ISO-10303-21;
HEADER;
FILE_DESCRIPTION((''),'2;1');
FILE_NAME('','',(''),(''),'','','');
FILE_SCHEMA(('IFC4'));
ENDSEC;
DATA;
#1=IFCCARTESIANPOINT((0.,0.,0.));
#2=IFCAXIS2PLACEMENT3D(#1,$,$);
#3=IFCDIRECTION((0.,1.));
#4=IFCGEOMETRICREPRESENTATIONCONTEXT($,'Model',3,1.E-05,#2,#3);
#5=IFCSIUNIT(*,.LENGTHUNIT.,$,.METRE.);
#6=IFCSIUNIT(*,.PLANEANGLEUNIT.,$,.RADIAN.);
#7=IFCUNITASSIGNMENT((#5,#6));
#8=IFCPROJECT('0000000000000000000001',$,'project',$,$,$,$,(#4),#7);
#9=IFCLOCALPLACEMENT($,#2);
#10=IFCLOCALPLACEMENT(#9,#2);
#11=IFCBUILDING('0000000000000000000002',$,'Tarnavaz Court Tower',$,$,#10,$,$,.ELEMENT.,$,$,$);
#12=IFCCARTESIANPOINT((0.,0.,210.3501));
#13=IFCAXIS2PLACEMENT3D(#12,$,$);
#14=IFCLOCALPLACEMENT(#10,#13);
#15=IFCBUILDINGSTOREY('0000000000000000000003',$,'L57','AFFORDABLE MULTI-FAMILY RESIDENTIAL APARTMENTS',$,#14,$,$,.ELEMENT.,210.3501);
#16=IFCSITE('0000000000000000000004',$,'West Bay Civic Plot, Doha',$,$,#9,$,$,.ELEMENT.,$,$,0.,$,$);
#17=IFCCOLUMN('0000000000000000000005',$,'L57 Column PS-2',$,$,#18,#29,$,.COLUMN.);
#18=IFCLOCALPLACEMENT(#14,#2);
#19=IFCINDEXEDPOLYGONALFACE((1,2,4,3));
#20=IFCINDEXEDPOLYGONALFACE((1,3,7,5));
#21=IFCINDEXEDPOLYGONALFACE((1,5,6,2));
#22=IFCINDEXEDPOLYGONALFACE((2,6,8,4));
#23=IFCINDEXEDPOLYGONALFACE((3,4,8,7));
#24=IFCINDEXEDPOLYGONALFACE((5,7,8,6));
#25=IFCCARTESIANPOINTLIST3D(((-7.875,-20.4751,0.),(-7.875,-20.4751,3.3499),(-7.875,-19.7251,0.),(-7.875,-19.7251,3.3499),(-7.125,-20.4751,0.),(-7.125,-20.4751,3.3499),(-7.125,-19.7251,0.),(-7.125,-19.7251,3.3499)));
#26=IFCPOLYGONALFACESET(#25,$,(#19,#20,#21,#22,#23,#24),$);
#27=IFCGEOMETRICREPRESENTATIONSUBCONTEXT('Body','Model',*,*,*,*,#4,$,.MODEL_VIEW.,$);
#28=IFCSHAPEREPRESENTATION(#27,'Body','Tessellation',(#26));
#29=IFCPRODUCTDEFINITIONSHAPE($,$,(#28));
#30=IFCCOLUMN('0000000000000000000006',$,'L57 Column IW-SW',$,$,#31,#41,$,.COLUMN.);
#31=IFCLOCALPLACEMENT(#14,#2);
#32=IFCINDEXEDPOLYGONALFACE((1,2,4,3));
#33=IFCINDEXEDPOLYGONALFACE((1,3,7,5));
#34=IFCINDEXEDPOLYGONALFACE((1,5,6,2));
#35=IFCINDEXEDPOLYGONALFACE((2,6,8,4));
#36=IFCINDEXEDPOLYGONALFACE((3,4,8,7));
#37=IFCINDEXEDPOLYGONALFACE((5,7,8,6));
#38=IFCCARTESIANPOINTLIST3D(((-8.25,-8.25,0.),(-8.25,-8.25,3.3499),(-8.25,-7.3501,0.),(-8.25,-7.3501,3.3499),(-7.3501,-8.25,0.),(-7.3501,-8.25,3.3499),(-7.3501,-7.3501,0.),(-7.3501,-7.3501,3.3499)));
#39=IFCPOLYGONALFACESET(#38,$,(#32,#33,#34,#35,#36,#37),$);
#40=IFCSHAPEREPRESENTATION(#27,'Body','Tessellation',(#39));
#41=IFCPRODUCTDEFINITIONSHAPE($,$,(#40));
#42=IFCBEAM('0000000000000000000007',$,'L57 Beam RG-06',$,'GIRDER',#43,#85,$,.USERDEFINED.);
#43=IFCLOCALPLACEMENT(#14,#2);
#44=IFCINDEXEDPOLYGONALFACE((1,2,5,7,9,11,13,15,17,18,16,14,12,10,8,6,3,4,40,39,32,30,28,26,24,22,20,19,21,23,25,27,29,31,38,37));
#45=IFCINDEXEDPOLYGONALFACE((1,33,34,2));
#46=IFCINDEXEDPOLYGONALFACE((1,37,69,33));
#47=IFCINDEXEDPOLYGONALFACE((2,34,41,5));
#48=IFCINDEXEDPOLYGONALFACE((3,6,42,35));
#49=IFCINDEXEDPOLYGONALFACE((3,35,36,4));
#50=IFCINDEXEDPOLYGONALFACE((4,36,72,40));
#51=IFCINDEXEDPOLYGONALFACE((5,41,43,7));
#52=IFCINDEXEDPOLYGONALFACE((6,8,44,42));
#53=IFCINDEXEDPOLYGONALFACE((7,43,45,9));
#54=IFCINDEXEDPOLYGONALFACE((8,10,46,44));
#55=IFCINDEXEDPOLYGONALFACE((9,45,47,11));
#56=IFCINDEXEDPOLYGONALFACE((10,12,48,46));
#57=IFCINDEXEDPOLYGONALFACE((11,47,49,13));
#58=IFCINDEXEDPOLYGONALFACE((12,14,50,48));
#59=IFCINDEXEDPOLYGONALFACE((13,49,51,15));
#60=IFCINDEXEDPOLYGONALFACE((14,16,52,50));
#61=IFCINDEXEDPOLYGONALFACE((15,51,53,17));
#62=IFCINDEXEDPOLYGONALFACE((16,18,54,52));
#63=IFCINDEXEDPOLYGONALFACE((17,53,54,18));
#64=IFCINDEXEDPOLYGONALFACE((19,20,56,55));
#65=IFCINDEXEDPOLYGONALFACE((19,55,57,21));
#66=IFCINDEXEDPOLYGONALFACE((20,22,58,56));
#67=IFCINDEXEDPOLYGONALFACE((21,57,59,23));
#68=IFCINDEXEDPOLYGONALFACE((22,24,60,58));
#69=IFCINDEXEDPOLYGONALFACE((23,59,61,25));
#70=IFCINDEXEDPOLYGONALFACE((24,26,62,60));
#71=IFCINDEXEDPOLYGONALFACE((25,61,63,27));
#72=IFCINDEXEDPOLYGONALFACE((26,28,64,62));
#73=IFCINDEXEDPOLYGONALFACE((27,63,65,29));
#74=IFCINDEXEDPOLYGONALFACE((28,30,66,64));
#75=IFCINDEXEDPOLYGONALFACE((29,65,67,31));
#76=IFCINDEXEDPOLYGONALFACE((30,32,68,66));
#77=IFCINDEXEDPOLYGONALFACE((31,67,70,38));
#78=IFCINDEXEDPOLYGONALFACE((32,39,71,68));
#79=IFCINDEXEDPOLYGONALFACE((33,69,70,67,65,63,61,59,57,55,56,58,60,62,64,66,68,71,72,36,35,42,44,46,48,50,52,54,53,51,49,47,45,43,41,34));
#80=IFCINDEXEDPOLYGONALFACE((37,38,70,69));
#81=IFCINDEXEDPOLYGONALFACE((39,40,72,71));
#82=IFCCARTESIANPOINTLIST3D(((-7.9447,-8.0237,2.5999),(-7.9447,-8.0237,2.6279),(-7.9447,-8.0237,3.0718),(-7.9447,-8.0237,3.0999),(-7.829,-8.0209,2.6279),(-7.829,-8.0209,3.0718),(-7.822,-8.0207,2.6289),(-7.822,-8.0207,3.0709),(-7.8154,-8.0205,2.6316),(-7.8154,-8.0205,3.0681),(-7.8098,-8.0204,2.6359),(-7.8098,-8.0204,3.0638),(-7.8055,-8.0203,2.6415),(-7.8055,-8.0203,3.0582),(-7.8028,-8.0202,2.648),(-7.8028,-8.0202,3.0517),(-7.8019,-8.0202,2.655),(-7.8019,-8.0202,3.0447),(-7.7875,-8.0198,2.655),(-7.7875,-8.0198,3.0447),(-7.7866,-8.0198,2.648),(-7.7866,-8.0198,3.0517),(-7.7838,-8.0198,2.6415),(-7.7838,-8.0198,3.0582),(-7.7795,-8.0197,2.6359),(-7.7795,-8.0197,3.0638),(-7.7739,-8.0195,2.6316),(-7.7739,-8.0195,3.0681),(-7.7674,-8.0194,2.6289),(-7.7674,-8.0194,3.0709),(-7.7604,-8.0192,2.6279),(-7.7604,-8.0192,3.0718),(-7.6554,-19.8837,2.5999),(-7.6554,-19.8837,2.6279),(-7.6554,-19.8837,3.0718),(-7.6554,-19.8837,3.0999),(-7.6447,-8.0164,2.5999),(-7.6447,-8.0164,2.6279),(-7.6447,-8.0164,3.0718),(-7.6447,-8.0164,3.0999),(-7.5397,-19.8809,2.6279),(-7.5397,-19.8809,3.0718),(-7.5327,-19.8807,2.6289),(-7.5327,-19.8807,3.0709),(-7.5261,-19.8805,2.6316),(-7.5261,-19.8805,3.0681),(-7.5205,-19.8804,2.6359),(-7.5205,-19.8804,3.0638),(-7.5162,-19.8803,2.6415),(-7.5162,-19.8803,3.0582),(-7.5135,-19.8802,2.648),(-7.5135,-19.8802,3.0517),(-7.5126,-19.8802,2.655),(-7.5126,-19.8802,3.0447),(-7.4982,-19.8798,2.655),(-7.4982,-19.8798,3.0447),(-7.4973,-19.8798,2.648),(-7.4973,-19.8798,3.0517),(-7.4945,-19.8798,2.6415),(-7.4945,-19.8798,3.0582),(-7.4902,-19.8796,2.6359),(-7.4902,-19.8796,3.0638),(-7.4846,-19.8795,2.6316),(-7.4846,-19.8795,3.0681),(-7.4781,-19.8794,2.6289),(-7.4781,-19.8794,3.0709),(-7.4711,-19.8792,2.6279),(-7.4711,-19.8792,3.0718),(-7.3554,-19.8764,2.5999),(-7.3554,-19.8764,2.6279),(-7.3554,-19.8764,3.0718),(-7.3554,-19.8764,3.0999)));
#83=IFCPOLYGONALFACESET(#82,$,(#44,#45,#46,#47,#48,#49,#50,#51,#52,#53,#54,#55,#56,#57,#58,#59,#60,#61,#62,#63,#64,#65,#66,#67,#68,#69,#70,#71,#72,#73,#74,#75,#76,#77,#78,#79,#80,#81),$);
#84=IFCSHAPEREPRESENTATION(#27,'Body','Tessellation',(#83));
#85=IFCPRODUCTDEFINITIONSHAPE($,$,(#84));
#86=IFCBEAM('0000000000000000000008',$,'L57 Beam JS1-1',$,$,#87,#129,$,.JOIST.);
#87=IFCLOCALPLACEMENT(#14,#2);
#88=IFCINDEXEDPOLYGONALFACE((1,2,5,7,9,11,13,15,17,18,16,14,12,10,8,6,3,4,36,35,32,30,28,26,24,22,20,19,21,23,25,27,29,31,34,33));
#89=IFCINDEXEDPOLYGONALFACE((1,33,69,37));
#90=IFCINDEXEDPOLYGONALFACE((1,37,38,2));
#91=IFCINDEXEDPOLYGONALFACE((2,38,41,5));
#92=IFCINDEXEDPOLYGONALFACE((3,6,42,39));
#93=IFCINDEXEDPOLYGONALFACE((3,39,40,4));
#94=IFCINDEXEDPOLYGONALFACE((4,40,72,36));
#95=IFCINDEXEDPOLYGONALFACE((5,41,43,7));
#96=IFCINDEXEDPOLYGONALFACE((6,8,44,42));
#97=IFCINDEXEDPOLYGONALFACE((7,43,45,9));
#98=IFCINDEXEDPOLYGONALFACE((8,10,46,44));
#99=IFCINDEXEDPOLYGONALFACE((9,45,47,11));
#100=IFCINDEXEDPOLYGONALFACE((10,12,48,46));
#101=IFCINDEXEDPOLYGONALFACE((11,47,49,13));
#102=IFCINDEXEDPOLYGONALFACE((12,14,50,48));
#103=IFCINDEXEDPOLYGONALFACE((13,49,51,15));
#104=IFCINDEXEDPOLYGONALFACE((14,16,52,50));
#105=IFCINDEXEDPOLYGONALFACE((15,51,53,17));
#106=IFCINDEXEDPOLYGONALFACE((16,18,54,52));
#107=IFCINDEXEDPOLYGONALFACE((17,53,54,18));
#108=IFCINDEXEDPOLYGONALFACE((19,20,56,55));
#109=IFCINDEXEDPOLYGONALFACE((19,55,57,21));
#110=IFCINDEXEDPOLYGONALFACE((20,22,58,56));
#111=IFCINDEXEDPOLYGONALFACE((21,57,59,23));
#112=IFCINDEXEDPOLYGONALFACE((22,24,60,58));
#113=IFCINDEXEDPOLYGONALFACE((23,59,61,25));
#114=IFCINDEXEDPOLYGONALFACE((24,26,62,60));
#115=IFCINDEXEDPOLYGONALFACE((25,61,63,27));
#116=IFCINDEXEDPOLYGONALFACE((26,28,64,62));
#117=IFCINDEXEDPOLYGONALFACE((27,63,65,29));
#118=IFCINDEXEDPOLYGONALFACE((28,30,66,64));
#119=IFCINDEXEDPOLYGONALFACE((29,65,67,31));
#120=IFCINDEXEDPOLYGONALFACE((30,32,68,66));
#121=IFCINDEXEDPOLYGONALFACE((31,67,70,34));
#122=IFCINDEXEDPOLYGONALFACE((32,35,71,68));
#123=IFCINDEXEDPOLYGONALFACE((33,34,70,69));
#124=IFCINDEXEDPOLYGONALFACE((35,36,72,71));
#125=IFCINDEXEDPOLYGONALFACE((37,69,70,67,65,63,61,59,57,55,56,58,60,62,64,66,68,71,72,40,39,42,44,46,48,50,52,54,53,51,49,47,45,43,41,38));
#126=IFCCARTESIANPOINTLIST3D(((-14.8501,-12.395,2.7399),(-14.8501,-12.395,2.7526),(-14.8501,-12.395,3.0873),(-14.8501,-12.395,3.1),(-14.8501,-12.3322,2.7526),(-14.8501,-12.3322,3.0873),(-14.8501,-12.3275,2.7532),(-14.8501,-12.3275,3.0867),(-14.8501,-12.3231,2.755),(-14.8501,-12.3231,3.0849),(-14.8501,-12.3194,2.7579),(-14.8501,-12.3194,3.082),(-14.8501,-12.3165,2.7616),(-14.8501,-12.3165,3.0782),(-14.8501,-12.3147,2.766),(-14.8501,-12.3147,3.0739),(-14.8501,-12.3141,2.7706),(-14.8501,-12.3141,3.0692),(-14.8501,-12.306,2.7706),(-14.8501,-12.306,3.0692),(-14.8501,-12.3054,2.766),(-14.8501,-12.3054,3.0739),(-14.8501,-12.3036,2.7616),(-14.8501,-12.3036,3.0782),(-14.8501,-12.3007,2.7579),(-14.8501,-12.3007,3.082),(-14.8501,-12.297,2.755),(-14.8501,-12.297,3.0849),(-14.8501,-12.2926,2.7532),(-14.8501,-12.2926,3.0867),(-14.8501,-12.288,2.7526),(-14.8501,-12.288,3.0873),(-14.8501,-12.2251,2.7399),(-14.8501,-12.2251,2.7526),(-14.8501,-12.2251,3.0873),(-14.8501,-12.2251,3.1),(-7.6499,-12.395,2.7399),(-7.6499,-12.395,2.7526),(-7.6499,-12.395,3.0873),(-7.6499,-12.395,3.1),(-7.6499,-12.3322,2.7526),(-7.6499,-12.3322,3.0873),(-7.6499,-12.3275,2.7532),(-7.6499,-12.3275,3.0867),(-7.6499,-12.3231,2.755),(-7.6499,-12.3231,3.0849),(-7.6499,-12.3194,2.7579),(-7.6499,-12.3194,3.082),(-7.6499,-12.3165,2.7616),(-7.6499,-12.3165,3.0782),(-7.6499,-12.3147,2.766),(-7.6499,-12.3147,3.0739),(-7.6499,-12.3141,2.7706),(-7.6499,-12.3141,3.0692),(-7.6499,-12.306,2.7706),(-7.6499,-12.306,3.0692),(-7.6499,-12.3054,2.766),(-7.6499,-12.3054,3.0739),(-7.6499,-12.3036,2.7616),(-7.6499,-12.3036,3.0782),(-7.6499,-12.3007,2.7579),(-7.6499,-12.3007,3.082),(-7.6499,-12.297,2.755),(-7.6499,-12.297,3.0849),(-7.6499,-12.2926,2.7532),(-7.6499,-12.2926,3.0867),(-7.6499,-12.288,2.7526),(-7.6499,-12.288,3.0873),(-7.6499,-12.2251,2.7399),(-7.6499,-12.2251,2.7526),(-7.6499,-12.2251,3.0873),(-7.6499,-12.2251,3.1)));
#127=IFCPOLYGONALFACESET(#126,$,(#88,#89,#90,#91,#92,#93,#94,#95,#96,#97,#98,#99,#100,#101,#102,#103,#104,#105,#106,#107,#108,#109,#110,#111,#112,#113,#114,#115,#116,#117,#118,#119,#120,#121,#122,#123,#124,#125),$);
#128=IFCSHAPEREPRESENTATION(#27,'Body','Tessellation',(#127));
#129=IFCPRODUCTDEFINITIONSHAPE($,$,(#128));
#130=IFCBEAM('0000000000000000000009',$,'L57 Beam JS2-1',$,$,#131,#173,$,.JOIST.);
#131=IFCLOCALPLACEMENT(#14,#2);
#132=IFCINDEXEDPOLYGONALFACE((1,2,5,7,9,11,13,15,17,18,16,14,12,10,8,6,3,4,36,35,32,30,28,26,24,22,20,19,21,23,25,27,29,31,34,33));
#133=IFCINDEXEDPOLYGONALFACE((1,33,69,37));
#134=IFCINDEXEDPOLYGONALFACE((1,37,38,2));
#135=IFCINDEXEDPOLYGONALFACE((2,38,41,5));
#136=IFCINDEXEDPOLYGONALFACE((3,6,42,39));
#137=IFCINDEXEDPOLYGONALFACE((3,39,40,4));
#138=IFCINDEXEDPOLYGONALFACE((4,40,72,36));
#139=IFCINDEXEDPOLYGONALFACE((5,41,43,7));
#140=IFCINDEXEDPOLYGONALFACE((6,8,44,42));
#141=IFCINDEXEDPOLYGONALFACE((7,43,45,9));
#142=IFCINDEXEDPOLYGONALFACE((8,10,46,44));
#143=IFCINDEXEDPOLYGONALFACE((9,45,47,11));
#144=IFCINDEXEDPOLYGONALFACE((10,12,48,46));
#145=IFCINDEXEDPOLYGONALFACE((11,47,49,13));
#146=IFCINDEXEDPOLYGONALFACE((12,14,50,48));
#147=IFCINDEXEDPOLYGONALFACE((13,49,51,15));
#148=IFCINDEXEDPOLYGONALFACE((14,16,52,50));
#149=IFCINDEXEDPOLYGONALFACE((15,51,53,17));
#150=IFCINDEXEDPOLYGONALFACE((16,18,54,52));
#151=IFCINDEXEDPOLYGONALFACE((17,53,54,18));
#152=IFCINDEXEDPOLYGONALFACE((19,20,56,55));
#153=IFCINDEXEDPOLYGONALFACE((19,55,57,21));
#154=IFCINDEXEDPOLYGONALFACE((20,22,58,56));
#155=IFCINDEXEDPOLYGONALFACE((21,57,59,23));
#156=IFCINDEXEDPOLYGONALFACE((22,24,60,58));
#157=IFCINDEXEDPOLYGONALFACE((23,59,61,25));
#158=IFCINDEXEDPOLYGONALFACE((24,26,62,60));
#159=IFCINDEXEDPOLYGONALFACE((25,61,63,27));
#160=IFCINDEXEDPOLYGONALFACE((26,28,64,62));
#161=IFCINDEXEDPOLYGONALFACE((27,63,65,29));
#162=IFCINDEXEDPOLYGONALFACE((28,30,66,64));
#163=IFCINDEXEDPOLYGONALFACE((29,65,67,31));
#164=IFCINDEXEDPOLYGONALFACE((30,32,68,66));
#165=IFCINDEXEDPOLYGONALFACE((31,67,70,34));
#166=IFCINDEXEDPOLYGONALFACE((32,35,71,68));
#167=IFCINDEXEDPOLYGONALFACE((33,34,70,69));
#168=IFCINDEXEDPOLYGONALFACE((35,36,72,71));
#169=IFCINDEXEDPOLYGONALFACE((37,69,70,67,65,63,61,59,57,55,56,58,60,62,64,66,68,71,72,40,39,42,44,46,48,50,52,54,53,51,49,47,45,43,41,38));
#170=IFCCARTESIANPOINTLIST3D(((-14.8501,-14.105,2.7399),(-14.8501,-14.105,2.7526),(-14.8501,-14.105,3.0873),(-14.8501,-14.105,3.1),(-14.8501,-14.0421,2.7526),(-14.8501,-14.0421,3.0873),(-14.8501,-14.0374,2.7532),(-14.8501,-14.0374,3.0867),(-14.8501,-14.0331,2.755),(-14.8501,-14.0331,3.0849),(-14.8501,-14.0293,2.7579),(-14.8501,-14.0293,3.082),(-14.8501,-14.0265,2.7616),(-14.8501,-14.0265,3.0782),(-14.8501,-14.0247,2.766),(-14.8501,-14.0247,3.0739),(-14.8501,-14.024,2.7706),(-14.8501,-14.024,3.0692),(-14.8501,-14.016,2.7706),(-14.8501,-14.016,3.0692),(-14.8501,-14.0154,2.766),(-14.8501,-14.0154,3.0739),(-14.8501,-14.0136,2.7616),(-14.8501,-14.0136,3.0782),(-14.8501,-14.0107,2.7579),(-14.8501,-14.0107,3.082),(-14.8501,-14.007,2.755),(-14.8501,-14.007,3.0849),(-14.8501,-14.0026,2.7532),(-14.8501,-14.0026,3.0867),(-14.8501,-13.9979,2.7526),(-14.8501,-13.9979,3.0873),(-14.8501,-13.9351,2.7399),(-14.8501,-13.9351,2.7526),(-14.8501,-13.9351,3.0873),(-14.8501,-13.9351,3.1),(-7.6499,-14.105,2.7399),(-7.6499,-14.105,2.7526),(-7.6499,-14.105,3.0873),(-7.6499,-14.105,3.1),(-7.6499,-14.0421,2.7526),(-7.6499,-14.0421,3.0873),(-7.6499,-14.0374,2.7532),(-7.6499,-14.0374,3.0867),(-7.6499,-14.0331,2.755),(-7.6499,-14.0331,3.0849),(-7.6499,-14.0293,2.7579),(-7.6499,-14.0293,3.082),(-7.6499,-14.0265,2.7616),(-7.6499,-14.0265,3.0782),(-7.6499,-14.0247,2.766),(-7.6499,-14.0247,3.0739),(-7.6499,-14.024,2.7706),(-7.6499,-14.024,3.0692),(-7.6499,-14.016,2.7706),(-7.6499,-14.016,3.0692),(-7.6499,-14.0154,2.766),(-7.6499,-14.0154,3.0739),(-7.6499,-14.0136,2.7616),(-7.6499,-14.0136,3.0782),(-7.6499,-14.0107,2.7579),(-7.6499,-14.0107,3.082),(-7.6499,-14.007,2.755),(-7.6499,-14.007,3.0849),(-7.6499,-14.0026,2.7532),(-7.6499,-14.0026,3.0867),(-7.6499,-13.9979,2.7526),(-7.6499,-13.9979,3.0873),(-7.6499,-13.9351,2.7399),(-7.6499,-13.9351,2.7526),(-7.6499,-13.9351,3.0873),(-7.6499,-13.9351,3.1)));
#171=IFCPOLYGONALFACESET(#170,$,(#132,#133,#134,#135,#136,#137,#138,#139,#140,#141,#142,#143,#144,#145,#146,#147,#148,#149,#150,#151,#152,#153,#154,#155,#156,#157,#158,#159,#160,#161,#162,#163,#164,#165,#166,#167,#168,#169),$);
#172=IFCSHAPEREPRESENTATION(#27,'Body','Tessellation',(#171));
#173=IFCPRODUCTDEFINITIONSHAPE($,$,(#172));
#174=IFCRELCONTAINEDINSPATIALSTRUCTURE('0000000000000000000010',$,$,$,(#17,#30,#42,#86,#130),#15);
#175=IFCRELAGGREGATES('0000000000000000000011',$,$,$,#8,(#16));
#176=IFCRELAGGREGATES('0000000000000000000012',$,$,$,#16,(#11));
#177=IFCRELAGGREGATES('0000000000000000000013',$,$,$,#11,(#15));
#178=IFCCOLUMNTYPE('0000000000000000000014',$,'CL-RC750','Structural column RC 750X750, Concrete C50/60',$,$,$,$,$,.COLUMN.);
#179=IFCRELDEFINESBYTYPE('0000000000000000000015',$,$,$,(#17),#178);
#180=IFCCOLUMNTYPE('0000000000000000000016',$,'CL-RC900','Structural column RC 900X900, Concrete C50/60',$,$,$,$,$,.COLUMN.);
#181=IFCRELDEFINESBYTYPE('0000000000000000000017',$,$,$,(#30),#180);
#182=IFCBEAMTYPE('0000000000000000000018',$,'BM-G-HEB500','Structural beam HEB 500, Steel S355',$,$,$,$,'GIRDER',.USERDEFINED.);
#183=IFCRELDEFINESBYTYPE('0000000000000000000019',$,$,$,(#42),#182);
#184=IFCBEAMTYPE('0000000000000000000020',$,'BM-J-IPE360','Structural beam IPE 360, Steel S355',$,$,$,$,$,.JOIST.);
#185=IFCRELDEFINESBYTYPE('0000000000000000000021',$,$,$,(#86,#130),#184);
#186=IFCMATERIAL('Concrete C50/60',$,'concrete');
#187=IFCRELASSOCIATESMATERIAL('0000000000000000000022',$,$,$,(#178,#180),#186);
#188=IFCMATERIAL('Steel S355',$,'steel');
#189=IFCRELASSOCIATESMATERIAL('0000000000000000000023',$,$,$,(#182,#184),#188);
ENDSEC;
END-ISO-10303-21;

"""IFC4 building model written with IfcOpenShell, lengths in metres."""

from ifc_helpers import new_model, si_unit, direction, frame, origin, origin_2d, place, context, subcontext, project, spatial, rectangle, i_section, extrude, material, material_profile, profile_set, type_object, element, save


model = new_model("IFC4")

# Units and contexts
model_context = context("Model", 3, precision=1e-05, world=origin(), true_north=direction((0.0, 1.0)))
body_context = subcontext(model_context, "Body", "Model", "MODEL_VIEW")
ifc_project = project(units=[si_unit("LENGTHUNIT", "METRE"), si_unit("PLANEANGLEUNIT", "RADIAN")], contexts=[model_context])

# Site, building, storey
site_placement = place(None, origin())
site = spatial("IfcSite", under=ifc_project, at=site_placement, Name="West Bay Civic Plot, Doha", CompositionType="ELEMENT", RefElevation=0.0)
building_placement = place(site_placement, origin())
building = spatial("IfcBuilding", under=site, at=building_placement, Name="Tarnavaz Court Tower", CompositionType="ELEMENT")
storey_placement = place(building_placement, frame((0.0, 0.0, 210.3501)))
storey = spatial("IfcBuildingStorey", under=building, at=storey_placement, Name="L57", Description="AFFORDABLE MULTI-FAMILY RESIDENTIAL APARTMENTS", CompositionType="ELEMENT", Elevation=210.3501)

# Columns
ifc_material_1 = material(Name="Concrete C50/60", Category="concrete")
ifc_material_profile_1 = material_profile(ifc_material_1, rectangle(XDim=0.75, YDim=0.75, at=origin_2d()), Name="RC 750X750")
ifc_profile_set_1 = profile_set([ifc_material_profile_1], Name="Concrete C50/60")
column_type_1 = type_object("IfcColumnType", Name="CL-RC750", Description="Structural column RC 750X750, Concrete C50/60", PredefinedType="COLUMN", material=ifc_profile_set_1)
column_1_placement = place(storey_placement, frame((-7.5, -20.1001, 0.0), z_axis=(0.0, 0.0, 1.0), x_axis=(1.0, 0.0, 0.0)))
element("IfcColumn", 1, at=column_1_placement, inside=storey, type_object=column_type_1, Name="L57 Column PS-2", PredefinedType="COLUMN", context=body_context, shape_type="SweptSolid", body=[
    extrude(rectangle(XDim=0.75, YDim=0.75, at=origin_2d()), origin(), (0.0, 0.0, 1.0), 3.3499),
])
ifc_material_profile_2 = material_profile(ifc_material_1, rectangle(XDim=0.8999, YDim=0.8999, at=origin_2d()), Name="RC 900X900")
ifc_profile_set_2 = profile_set([ifc_material_profile_2], Name="Concrete C50/60")
column_type_2 = type_object("IfcColumnType", Name="CL-RC900", Description="Structural column RC 900X900, Concrete C50/60", PredefinedType="COLUMN", material=ifc_profile_set_2)
column_2_placement = place(storey_placement, frame((-7.8, -7.8, 0.0), z_axis=(0.0, 0.0, 1.0), x_axis=(1.0, 0.0, 0.0)))
element("IfcColumn", 2, at=column_2_placement, inside=storey, type_object=column_type_2, Name="L57 Column IW-SW", PredefinedType="COLUMN", context=body_context, shape_type="SweptSolid", body=[
    extrude(rectangle(XDim=0.8999, YDim=0.8999, at=origin_2d()), origin(), (0.0, 0.0, 1.0), 3.3499),
])

# Beams
ifc_material_2 = material(Name="Steel S355", Category="steel")
ifc_material_profile_3 = material_profile(ifc_material_2, i_section(OverallWidth=0.3, OverallDepth=0.5, WebThickness=0.0144, FlangeThickness=0.0281, FilletRadius=0.0271, at=origin_2d()), Name="HEB 500")
ifc_profile_set_3 = profile_set([ifc_material_profile_3], Name="Steel S355")
beam_type_1 = type_object("IfcBeamType", Name="BM-G-HEB500", Description="Structural beam HEB 500, Steel S355", ElementType="GIRDER", PredefinedType="USERDEFINED", material=ifc_profile_set_3)
beam_1_placement = place(storey_placement, frame((-7.7947, -8.02, 2.8499), z_axis=(0.024386, -0.999703, 0.0), x_axis=(0.999703, 0.024386, 0.0)))
element("IfcBeam", 3, at=beam_1_placement, inside=storey, type_object=beam_type_1, Name="L57 Beam RG-06", ObjectType="GIRDER", PredefinedType="USERDEFINED", context=body_context, shape_type="SweptSolid", body=[
    extrude(i_section(OverallWidth=0.3, OverallDepth=0.5, WebThickness=0.0144, FlangeThickness=0.0281, FilletRadius=0.0271, at=origin_2d()), origin(), (0.0, 0.0, 1.0), 11.8635),
])
ifc_material_profile_4 = material_profile(ifc_material_2, i_section(OverallWidth=0.1699, OverallDepth=0.3601, WebThickness=0.0081, FlangeThickness=0.0127, FilletRadius=0.0181, at=origin_2d()), Name="IPE 360")
ifc_profile_set_4 = profile_set([ifc_material_profile_4], Name="Steel S355")
beam_type_2 = type_object("IfcBeamType", Name="BM-J-IPE360", Description="Structural beam IPE 360, Steel S355", PredefinedType="JOIST", material=ifc_profile_set_4)
for number, where, z_axis, x_axis, name in (
    (4, (-14.8501, -12.3101, 2.9199), (1.0, 0.0, 0.0), (0.0, 1.0, 0.0), "L57 Beam JS1-1"),
    (5, (-14.8501, -14.02, 2.9199), (1.0, 0.0, 0.0), (0.0, 1.0, 0.0), "L57 Beam JS2-1"),
):
    element("IfcBeam", number, at=place(storey_placement, frame(where, z_axis=z_axis, x_axis=x_axis)), inside=storey, type_object=beam_type_2, Name=name, PredefinedType="JOIST", context=body_context, shape_type="SweptSolid", body=[
        extrude(i_section(OverallWidth=0.1699, OverallDepth=0.3601, WebThickness=0.0081, FlangeThickness=0.0127, FilletRadius=0.0181, at=origin_2d()), origin(), (0.0, 0.0, 1.0), 7.2002),
    ])

save(model, "model.ifc")
